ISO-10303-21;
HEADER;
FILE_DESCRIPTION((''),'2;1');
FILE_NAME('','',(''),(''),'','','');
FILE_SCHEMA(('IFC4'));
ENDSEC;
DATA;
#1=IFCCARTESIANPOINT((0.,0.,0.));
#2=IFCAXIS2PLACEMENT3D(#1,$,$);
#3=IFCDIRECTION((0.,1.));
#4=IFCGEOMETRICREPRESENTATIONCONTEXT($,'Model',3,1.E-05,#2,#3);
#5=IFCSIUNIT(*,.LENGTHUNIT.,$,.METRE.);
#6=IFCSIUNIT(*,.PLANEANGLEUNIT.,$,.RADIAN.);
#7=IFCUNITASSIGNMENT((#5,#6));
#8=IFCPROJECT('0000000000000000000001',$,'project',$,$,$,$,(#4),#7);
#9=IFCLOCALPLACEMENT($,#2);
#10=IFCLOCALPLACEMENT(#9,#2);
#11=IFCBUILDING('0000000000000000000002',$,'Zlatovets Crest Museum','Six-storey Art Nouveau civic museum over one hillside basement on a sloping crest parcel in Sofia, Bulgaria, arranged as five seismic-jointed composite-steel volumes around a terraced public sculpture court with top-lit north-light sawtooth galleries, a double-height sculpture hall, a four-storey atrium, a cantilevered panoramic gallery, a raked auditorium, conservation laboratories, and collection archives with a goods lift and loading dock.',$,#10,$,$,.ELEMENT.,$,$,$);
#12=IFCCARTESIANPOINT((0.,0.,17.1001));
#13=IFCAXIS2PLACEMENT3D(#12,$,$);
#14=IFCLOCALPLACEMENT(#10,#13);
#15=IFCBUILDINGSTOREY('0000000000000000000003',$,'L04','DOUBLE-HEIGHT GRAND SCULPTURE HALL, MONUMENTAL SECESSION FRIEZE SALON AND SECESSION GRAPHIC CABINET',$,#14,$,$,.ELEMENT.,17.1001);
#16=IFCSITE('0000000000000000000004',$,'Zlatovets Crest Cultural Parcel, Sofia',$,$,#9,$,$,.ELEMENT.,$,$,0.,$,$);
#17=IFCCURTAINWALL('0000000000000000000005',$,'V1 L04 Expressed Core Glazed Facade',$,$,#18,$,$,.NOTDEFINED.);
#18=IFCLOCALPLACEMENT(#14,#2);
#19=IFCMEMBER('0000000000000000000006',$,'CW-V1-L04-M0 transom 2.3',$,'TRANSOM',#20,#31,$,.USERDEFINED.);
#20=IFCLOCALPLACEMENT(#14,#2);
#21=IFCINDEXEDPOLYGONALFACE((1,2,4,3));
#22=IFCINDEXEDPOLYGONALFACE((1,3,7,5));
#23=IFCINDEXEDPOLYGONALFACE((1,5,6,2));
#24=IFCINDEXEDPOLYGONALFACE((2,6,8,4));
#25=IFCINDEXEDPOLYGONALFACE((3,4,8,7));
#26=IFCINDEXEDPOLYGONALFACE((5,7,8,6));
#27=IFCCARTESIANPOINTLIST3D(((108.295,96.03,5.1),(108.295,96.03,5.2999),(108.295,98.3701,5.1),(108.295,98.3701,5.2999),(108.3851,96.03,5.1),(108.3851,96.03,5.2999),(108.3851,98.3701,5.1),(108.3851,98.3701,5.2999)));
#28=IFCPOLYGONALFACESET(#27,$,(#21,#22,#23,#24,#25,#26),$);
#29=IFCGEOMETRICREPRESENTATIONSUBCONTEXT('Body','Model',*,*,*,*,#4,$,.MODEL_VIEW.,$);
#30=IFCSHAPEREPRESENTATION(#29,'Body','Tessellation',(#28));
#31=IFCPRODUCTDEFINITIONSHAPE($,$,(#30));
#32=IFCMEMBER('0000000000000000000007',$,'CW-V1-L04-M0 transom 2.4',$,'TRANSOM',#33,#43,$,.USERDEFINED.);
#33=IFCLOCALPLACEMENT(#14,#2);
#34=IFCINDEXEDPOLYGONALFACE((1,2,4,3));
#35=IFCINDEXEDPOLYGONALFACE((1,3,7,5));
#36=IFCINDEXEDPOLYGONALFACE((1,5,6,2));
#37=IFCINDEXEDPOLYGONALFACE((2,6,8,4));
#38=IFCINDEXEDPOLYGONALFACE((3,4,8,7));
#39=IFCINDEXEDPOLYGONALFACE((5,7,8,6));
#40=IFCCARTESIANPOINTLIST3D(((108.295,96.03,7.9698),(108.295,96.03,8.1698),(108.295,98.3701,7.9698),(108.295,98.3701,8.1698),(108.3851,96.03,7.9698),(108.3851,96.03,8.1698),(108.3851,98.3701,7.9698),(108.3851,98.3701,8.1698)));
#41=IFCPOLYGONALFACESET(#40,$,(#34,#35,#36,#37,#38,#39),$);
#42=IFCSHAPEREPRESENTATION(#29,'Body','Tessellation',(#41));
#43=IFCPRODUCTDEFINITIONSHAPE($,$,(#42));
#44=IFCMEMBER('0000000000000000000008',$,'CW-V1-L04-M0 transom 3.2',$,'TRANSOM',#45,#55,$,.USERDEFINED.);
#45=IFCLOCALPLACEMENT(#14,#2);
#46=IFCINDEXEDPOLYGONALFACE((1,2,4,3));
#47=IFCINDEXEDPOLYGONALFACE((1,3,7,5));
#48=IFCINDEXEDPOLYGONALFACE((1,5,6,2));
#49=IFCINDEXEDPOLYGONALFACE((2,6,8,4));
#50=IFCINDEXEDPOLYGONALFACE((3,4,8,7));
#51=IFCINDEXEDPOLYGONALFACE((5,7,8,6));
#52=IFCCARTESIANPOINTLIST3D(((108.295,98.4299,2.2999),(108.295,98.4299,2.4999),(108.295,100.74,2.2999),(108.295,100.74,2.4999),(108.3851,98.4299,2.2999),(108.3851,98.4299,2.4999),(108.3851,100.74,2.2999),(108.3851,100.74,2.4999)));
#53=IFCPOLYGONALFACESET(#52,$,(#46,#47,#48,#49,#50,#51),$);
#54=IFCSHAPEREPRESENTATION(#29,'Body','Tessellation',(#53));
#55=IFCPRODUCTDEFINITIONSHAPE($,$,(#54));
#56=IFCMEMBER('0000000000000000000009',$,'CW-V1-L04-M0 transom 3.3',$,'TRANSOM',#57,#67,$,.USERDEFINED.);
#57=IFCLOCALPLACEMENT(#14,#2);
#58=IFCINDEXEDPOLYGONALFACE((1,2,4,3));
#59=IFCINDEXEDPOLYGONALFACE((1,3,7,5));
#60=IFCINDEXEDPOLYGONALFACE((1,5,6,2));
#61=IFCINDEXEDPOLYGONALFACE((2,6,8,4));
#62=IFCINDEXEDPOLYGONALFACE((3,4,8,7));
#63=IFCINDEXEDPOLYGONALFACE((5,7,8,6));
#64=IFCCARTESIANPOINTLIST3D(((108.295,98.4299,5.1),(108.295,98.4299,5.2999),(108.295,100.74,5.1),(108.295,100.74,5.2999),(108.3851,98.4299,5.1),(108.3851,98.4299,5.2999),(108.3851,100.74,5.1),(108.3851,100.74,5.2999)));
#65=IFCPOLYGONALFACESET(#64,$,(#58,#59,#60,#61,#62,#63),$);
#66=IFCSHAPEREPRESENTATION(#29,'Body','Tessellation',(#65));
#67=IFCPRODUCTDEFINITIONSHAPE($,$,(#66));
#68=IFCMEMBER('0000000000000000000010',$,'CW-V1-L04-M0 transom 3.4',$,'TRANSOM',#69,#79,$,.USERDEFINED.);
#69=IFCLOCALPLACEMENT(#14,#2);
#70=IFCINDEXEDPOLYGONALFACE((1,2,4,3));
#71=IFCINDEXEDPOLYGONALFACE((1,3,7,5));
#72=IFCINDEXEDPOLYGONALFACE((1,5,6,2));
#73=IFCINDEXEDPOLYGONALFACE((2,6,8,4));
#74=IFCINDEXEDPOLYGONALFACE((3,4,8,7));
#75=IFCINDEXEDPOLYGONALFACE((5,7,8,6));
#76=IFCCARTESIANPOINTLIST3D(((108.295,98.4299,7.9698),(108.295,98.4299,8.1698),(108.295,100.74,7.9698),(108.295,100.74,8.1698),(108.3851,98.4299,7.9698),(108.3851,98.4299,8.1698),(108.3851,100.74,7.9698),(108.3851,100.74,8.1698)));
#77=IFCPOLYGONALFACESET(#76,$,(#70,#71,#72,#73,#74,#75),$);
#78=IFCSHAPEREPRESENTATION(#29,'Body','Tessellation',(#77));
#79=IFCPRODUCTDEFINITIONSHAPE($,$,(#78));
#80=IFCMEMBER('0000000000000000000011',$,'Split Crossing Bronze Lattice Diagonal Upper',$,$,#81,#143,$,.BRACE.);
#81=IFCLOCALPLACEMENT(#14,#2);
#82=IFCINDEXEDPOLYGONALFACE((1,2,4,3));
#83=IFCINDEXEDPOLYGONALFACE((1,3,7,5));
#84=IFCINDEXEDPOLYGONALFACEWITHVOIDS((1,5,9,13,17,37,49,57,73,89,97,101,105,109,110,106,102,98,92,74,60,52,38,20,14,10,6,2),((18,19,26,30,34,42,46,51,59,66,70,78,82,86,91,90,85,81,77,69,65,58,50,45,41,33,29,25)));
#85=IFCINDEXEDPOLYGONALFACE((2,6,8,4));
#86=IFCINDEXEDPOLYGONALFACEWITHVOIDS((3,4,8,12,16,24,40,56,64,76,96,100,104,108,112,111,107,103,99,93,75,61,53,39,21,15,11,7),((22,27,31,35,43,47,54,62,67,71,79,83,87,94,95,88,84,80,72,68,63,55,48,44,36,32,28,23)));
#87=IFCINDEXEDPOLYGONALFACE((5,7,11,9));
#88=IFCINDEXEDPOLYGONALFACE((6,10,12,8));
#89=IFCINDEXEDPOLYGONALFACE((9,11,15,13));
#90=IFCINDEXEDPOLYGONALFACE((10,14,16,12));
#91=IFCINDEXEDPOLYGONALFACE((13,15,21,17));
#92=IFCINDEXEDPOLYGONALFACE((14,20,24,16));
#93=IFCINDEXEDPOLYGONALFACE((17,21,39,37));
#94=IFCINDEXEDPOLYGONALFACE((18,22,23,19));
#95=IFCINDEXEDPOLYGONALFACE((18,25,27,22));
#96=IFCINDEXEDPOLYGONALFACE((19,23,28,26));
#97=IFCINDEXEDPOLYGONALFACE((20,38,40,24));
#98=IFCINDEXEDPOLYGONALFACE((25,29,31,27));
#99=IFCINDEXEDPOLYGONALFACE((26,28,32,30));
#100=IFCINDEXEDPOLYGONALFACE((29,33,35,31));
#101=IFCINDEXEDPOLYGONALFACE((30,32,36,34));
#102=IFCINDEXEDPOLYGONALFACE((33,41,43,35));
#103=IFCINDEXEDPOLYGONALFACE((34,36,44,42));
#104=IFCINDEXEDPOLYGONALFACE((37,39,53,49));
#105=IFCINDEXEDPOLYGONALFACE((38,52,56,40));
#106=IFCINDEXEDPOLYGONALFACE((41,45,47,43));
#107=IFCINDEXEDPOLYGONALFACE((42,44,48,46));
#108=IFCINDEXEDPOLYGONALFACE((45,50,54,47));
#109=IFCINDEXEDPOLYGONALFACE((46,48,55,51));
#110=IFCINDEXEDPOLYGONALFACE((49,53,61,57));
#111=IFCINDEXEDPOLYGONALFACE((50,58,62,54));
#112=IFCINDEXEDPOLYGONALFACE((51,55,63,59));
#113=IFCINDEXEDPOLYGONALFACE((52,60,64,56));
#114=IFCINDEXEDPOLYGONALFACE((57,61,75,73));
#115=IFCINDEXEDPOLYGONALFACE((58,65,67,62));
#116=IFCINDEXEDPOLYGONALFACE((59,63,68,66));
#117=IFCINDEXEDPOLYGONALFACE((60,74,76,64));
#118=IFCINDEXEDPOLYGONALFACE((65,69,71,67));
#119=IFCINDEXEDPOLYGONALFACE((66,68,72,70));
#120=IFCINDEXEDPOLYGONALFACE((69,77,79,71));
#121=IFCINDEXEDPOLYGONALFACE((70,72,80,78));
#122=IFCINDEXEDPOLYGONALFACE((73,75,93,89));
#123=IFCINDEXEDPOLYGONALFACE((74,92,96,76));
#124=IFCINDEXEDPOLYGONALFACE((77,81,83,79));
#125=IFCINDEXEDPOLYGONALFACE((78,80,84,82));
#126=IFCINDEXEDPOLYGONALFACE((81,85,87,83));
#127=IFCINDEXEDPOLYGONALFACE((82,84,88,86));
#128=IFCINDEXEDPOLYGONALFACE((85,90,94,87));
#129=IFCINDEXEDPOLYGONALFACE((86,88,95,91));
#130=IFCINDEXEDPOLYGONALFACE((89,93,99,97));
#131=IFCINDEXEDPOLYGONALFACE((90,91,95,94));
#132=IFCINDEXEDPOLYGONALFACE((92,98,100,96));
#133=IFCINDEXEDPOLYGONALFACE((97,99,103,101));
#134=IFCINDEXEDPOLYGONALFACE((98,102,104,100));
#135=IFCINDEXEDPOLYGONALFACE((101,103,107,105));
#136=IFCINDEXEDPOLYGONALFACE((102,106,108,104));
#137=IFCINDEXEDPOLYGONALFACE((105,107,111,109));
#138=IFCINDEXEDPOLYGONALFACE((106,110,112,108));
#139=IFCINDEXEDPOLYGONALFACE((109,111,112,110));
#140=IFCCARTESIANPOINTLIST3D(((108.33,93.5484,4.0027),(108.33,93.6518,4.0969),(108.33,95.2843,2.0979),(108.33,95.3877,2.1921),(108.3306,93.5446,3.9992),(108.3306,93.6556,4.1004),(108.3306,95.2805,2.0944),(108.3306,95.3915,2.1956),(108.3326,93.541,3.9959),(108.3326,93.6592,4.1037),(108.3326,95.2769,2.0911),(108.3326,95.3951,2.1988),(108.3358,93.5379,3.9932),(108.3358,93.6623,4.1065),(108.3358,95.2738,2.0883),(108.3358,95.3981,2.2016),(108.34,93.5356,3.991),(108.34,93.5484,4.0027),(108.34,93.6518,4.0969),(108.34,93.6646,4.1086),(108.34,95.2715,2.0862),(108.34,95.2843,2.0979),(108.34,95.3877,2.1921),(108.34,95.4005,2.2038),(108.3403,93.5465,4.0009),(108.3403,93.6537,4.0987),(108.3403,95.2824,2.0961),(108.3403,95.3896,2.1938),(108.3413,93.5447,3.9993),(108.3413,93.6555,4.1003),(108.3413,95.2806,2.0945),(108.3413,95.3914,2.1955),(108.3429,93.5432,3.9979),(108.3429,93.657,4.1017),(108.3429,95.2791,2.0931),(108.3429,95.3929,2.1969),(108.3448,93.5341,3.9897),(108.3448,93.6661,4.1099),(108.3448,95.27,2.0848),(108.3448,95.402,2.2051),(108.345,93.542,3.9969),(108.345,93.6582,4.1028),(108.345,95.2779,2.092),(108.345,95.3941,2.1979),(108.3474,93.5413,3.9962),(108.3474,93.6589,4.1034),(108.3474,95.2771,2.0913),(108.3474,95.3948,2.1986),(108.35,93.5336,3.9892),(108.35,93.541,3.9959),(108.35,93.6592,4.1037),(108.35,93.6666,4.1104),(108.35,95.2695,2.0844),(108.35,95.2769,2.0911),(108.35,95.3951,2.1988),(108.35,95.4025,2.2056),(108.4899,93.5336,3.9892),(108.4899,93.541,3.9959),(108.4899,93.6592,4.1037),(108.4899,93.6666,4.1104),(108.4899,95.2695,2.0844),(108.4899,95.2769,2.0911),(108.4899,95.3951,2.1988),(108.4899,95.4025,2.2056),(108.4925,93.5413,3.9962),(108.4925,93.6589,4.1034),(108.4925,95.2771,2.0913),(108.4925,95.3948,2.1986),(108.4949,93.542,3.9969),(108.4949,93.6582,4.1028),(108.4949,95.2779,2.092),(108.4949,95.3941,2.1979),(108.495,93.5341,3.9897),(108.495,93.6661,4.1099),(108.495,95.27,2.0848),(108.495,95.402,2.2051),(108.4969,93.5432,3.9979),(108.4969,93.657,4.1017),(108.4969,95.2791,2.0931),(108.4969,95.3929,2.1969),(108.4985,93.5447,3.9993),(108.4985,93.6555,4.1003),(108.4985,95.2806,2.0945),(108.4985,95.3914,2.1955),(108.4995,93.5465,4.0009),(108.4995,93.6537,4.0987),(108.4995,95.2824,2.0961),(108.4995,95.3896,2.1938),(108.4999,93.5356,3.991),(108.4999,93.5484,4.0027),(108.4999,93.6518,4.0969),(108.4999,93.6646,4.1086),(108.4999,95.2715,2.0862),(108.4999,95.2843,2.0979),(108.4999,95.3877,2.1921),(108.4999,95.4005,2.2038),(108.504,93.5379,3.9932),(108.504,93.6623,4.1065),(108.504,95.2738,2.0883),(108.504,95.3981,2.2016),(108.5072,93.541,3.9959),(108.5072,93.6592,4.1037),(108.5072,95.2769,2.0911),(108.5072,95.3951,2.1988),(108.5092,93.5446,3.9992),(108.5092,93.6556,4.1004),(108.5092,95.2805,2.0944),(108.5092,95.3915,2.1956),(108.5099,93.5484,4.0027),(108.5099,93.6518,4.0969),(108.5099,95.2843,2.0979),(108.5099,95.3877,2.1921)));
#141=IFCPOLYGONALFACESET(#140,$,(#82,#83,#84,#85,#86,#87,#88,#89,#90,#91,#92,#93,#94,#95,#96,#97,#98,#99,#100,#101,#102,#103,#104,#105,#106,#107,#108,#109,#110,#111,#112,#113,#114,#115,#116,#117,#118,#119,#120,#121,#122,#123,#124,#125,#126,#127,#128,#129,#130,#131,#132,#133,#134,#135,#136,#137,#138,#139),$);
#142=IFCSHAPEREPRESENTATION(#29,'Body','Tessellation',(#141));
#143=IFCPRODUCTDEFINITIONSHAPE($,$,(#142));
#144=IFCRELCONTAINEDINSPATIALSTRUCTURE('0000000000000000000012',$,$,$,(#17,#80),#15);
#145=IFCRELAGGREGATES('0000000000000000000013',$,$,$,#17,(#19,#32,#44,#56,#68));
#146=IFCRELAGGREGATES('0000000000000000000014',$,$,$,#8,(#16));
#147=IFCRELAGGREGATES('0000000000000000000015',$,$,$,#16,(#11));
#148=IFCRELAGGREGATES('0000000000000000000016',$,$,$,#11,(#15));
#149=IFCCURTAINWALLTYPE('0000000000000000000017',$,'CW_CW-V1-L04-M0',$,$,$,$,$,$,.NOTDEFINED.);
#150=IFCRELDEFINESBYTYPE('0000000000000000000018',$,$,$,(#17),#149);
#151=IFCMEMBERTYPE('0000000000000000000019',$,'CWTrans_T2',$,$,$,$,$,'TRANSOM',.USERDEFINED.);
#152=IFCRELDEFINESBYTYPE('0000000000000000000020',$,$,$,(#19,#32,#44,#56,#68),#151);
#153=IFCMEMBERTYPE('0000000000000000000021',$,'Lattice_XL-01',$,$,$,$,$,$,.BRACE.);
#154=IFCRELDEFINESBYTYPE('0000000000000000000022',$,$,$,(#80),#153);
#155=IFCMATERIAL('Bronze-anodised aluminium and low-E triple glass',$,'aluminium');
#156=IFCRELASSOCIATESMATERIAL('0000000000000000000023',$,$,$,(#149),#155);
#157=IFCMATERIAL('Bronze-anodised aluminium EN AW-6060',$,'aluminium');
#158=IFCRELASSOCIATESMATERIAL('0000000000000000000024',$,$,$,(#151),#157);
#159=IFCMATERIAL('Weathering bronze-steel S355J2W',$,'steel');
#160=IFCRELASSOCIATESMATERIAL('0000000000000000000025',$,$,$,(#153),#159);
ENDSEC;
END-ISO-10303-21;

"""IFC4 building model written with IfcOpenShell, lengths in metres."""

from ifc_helpers import new_model, si_unit, direction, frame, origin, origin_2d, place, context, subcontext, project, spatial, rectangle, hollow_rectangle, extrude, material, material_profile, profile_set, type_object, element, aggregate, save


model = new_model("IFC4")

# Units and contexts
model_context = context("Model", 3, precision=1e-05, world=origin(), true_north=direction((0.0, 1.0)))
body_context = subcontext(model_context, "Body", "Model", "MODEL_VIEW")
ifc_project = project(units=[si_unit("LENGTHUNIT", "METRE"), si_unit("PLANEANGLEUNIT", "RADIAN")], contexts=[model_context])

# Site, building, storey
site_placement = place(None, origin())
site = spatial("IfcSite", under=ifc_project, at=site_placement, Name="Zlatovets Crest Cultural Parcel, Sofia", CompositionType="ELEMENT", RefElevation=0.0)
building_placement = place(site_placement, origin())
building = spatial("IfcBuilding", under=site, at=building_placement, Name="Zlatovets Crest Museum", Description="Six-storey Art Nouveau civic museum over one hillside basement on a sloping crest parcel in Sofia, Bulgaria, arranged as five seismic-jointed composite-steel volumes around a terraced public sculpture court with top-lit north-light sawtooth galleries, a double-height sculpture hall, a four-storey atrium, a cantilevered panoramic gallery, a raked auditorium, conservation laboratories, and collection archives with a goods lift and loading dock.", CompositionType="ELEMENT")
storey_placement = place(building_placement, frame((0.0, 0.0, 17.1001)))
storey = spatial("IfcBuildingStorey", under=building, at=storey_placement, Name="L04", Description="DOUBLE-HEIGHT GRAND SCULPTURE HALL, MONUMENTAL SECESSION FRIEZE SALON AND SECESSION GRAPHIC CABINET", CompositionType="ELEMENT", Elevation=17.1001)

# Curtain wall, members
ifc_material_1 = material(Name="Bronze-anodised aluminium and low-E triple glass", Category="aluminium")
curtain_wall_type = type_object("IfcCurtainWallType", Name="CW_CW-V1-L04-M0", PredefinedType="NOTDEFINED", material=ifc_material_1)
curtain_wall_placement = place(storey_placement, origin())
curtain_wall = element("IfcCurtainWall", 1, at=curtain_wall_placement, inside=storey, type_object=curtain_wall_type, Name="V1 L04 Expressed Core Glazed Facade", PredefinedType="NOTDEFINED")
ifc_material_2 = material(Name="Bronze-anodised aluminium EN AW-6060", Category="aluminium")
ifc_material_profile_1 = material_profile(ifc_material_2, rectangle(XDim=0.0901, YDim=0.2, at=origin_2d()), Name="ALU 90x200")
ifc_profile_set_1 = profile_set([ifc_material_profile_1], Name="Bronze-anodised aluminium EN AW-6060")
member_type_1 = type_object("IfcMemberType", Name="CWTrans_T2", ElementType="TRANSOM", PredefinedType="USERDEFINED", material=ifc_profile_set_1)
member_1_placement = place(storey_placement, frame((108.3401, 96.03, 5.2), z_axis=(0.0, 1.0, 0.0), x_axis=(-1.0, 0.0, 0.0)))
member_1 = element("IfcMember", 2, at=member_1_placement, type_object=member_type_1, Name="CW-V1-L04-M0 transom 2.3", ObjectType="TRANSOM", PredefinedType="USERDEFINED", context=body_context, shape_type="SweptSolid", body=[
    extrude(rectangle(XDim=0.0901, YDim=0.2, at=origin_2d()), origin(), (0.0, 0.0, 1.0), 2.3401),
])
member_2_placement = place(storey_placement, frame((108.3401, 96.03, 8.0698), z_axis=(0.0, 1.0, 0.0), x_axis=(-1.0, 0.0, 0.0)))
member_2 = element("IfcMember", 3, at=member_2_placement, type_object=member_type_1, Name="CW-V1-L04-M0 transom 2.4", ObjectType="TRANSOM", PredefinedType="USERDEFINED", context=body_context, shape_type="SweptSolid", body=[
    extrude(rectangle(XDim=0.0901, YDim=0.2, at=origin_2d()), origin(), (0.0, 0.0, 1.0), 2.3401),
])
member_3_placement = place(storey_placement, frame((108.3401, 98.4299, 2.3999), z_axis=(0.0, 1.0, 0.0), x_axis=(-1.0, 0.0, 0.0)))
member_3 = element("IfcMember", 4, at=member_3_placement, type_object=member_type_1, Name="CW-V1-L04-M0 transom 3.2", ObjectType="TRANSOM", PredefinedType="USERDEFINED", context=body_context, shape_type="SweptSolid", body=[
    extrude(rectangle(XDim=0.0901, YDim=0.2, at=origin_2d()), origin(), (0.0, 0.0, 1.0), 2.3101),
])
member_4_placement = place(storey_placement, frame((108.3401, 98.4299, 5.2), z_axis=(0.0, 1.0, 0.0), x_axis=(-1.0, 0.0, 0.0)))
member_4 = element("IfcMember", 5, at=member_4_placement, type_object=member_type_1, Name="CW-V1-L04-M0 transom 3.3", ObjectType="TRANSOM", PredefinedType="USERDEFINED", context=body_context, shape_type="SweptSolid", body=[
    extrude(rectangle(XDim=0.0901, YDim=0.2, at=origin_2d()), origin(), (0.0, 0.0, 1.0), 2.3101),
])
member_5_placement = place(storey_placement, frame((108.3401, 98.4299, 8.0698), z_axis=(0.0, 1.0, 0.0), x_axis=(-1.0, 0.0, 0.0)))
member_5 = element("IfcMember", 6, at=member_5_placement, type_object=member_type_1, Name="CW-V1-L04-M0 transom 3.4", ObjectType="TRANSOM", PredefinedType="USERDEFINED", context=body_context, shape_type="SweptSolid", body=[
    extrude(rectangle(XDim=0.0901, YDim=0.2, at=origin_2d()), origin(), (0.0, 0.0, 1.0), 2.3101),
])

# Member
ifc_material_3 = material(Name="Weathering bronze-steel S355J2W", Category="steel")
ifc_material_profile_2 = material_profile(ifc_material_3, hollow_rectangle(XDim=0.1799, YDim=0.1799, WallThickness=0.01, InnerFilletRadius=0.01, OuterFilletRadius=0.02, at=origin_2d()), Name="SHS 180x180x10.0")
ifc_profile_set_2 = profile_set([ifc_material_profile_2], Name="Weathering bronze-steel S355J2W")
member_type_2 = type_object("IfcMemberType", Name="Lattice_XL-01", PredefinedType="BRACE", material=ifc_profile_set_2)
for number, where, z_axis, x_axis, name in (
    (7, (108.4199, 93.6001, 4.0498), (0.0, 0.673568, -0.739125), (-1.0, 0.0, 0.0), "Split Crossing Bronze Lattice Diagonal Upper"),
):
    element("IfcMember", number, at=place(storey_placement, frame(where, z_axis=z_axis, x_axis=x_axis)), inside=storey, type_object=member_type_2, Name=name, PredefinedType="BRACE", context=body_context, shape_type="SweptSolid", body=[
        extrude(hollow_rectangle(XDim=0.1799, YDim=0.1799, WallThickness=0.01, InnerFilletRadius=0.01, OuterFilletRadius=0.02, at=origin_2d()), origin(), (0.0, 0.0, 1.0), 2.5771),
    ])

aggregate(curtain_wall, [member_1, member_2, member_3, member_4, member_5])

save(model, "model.ifc")
